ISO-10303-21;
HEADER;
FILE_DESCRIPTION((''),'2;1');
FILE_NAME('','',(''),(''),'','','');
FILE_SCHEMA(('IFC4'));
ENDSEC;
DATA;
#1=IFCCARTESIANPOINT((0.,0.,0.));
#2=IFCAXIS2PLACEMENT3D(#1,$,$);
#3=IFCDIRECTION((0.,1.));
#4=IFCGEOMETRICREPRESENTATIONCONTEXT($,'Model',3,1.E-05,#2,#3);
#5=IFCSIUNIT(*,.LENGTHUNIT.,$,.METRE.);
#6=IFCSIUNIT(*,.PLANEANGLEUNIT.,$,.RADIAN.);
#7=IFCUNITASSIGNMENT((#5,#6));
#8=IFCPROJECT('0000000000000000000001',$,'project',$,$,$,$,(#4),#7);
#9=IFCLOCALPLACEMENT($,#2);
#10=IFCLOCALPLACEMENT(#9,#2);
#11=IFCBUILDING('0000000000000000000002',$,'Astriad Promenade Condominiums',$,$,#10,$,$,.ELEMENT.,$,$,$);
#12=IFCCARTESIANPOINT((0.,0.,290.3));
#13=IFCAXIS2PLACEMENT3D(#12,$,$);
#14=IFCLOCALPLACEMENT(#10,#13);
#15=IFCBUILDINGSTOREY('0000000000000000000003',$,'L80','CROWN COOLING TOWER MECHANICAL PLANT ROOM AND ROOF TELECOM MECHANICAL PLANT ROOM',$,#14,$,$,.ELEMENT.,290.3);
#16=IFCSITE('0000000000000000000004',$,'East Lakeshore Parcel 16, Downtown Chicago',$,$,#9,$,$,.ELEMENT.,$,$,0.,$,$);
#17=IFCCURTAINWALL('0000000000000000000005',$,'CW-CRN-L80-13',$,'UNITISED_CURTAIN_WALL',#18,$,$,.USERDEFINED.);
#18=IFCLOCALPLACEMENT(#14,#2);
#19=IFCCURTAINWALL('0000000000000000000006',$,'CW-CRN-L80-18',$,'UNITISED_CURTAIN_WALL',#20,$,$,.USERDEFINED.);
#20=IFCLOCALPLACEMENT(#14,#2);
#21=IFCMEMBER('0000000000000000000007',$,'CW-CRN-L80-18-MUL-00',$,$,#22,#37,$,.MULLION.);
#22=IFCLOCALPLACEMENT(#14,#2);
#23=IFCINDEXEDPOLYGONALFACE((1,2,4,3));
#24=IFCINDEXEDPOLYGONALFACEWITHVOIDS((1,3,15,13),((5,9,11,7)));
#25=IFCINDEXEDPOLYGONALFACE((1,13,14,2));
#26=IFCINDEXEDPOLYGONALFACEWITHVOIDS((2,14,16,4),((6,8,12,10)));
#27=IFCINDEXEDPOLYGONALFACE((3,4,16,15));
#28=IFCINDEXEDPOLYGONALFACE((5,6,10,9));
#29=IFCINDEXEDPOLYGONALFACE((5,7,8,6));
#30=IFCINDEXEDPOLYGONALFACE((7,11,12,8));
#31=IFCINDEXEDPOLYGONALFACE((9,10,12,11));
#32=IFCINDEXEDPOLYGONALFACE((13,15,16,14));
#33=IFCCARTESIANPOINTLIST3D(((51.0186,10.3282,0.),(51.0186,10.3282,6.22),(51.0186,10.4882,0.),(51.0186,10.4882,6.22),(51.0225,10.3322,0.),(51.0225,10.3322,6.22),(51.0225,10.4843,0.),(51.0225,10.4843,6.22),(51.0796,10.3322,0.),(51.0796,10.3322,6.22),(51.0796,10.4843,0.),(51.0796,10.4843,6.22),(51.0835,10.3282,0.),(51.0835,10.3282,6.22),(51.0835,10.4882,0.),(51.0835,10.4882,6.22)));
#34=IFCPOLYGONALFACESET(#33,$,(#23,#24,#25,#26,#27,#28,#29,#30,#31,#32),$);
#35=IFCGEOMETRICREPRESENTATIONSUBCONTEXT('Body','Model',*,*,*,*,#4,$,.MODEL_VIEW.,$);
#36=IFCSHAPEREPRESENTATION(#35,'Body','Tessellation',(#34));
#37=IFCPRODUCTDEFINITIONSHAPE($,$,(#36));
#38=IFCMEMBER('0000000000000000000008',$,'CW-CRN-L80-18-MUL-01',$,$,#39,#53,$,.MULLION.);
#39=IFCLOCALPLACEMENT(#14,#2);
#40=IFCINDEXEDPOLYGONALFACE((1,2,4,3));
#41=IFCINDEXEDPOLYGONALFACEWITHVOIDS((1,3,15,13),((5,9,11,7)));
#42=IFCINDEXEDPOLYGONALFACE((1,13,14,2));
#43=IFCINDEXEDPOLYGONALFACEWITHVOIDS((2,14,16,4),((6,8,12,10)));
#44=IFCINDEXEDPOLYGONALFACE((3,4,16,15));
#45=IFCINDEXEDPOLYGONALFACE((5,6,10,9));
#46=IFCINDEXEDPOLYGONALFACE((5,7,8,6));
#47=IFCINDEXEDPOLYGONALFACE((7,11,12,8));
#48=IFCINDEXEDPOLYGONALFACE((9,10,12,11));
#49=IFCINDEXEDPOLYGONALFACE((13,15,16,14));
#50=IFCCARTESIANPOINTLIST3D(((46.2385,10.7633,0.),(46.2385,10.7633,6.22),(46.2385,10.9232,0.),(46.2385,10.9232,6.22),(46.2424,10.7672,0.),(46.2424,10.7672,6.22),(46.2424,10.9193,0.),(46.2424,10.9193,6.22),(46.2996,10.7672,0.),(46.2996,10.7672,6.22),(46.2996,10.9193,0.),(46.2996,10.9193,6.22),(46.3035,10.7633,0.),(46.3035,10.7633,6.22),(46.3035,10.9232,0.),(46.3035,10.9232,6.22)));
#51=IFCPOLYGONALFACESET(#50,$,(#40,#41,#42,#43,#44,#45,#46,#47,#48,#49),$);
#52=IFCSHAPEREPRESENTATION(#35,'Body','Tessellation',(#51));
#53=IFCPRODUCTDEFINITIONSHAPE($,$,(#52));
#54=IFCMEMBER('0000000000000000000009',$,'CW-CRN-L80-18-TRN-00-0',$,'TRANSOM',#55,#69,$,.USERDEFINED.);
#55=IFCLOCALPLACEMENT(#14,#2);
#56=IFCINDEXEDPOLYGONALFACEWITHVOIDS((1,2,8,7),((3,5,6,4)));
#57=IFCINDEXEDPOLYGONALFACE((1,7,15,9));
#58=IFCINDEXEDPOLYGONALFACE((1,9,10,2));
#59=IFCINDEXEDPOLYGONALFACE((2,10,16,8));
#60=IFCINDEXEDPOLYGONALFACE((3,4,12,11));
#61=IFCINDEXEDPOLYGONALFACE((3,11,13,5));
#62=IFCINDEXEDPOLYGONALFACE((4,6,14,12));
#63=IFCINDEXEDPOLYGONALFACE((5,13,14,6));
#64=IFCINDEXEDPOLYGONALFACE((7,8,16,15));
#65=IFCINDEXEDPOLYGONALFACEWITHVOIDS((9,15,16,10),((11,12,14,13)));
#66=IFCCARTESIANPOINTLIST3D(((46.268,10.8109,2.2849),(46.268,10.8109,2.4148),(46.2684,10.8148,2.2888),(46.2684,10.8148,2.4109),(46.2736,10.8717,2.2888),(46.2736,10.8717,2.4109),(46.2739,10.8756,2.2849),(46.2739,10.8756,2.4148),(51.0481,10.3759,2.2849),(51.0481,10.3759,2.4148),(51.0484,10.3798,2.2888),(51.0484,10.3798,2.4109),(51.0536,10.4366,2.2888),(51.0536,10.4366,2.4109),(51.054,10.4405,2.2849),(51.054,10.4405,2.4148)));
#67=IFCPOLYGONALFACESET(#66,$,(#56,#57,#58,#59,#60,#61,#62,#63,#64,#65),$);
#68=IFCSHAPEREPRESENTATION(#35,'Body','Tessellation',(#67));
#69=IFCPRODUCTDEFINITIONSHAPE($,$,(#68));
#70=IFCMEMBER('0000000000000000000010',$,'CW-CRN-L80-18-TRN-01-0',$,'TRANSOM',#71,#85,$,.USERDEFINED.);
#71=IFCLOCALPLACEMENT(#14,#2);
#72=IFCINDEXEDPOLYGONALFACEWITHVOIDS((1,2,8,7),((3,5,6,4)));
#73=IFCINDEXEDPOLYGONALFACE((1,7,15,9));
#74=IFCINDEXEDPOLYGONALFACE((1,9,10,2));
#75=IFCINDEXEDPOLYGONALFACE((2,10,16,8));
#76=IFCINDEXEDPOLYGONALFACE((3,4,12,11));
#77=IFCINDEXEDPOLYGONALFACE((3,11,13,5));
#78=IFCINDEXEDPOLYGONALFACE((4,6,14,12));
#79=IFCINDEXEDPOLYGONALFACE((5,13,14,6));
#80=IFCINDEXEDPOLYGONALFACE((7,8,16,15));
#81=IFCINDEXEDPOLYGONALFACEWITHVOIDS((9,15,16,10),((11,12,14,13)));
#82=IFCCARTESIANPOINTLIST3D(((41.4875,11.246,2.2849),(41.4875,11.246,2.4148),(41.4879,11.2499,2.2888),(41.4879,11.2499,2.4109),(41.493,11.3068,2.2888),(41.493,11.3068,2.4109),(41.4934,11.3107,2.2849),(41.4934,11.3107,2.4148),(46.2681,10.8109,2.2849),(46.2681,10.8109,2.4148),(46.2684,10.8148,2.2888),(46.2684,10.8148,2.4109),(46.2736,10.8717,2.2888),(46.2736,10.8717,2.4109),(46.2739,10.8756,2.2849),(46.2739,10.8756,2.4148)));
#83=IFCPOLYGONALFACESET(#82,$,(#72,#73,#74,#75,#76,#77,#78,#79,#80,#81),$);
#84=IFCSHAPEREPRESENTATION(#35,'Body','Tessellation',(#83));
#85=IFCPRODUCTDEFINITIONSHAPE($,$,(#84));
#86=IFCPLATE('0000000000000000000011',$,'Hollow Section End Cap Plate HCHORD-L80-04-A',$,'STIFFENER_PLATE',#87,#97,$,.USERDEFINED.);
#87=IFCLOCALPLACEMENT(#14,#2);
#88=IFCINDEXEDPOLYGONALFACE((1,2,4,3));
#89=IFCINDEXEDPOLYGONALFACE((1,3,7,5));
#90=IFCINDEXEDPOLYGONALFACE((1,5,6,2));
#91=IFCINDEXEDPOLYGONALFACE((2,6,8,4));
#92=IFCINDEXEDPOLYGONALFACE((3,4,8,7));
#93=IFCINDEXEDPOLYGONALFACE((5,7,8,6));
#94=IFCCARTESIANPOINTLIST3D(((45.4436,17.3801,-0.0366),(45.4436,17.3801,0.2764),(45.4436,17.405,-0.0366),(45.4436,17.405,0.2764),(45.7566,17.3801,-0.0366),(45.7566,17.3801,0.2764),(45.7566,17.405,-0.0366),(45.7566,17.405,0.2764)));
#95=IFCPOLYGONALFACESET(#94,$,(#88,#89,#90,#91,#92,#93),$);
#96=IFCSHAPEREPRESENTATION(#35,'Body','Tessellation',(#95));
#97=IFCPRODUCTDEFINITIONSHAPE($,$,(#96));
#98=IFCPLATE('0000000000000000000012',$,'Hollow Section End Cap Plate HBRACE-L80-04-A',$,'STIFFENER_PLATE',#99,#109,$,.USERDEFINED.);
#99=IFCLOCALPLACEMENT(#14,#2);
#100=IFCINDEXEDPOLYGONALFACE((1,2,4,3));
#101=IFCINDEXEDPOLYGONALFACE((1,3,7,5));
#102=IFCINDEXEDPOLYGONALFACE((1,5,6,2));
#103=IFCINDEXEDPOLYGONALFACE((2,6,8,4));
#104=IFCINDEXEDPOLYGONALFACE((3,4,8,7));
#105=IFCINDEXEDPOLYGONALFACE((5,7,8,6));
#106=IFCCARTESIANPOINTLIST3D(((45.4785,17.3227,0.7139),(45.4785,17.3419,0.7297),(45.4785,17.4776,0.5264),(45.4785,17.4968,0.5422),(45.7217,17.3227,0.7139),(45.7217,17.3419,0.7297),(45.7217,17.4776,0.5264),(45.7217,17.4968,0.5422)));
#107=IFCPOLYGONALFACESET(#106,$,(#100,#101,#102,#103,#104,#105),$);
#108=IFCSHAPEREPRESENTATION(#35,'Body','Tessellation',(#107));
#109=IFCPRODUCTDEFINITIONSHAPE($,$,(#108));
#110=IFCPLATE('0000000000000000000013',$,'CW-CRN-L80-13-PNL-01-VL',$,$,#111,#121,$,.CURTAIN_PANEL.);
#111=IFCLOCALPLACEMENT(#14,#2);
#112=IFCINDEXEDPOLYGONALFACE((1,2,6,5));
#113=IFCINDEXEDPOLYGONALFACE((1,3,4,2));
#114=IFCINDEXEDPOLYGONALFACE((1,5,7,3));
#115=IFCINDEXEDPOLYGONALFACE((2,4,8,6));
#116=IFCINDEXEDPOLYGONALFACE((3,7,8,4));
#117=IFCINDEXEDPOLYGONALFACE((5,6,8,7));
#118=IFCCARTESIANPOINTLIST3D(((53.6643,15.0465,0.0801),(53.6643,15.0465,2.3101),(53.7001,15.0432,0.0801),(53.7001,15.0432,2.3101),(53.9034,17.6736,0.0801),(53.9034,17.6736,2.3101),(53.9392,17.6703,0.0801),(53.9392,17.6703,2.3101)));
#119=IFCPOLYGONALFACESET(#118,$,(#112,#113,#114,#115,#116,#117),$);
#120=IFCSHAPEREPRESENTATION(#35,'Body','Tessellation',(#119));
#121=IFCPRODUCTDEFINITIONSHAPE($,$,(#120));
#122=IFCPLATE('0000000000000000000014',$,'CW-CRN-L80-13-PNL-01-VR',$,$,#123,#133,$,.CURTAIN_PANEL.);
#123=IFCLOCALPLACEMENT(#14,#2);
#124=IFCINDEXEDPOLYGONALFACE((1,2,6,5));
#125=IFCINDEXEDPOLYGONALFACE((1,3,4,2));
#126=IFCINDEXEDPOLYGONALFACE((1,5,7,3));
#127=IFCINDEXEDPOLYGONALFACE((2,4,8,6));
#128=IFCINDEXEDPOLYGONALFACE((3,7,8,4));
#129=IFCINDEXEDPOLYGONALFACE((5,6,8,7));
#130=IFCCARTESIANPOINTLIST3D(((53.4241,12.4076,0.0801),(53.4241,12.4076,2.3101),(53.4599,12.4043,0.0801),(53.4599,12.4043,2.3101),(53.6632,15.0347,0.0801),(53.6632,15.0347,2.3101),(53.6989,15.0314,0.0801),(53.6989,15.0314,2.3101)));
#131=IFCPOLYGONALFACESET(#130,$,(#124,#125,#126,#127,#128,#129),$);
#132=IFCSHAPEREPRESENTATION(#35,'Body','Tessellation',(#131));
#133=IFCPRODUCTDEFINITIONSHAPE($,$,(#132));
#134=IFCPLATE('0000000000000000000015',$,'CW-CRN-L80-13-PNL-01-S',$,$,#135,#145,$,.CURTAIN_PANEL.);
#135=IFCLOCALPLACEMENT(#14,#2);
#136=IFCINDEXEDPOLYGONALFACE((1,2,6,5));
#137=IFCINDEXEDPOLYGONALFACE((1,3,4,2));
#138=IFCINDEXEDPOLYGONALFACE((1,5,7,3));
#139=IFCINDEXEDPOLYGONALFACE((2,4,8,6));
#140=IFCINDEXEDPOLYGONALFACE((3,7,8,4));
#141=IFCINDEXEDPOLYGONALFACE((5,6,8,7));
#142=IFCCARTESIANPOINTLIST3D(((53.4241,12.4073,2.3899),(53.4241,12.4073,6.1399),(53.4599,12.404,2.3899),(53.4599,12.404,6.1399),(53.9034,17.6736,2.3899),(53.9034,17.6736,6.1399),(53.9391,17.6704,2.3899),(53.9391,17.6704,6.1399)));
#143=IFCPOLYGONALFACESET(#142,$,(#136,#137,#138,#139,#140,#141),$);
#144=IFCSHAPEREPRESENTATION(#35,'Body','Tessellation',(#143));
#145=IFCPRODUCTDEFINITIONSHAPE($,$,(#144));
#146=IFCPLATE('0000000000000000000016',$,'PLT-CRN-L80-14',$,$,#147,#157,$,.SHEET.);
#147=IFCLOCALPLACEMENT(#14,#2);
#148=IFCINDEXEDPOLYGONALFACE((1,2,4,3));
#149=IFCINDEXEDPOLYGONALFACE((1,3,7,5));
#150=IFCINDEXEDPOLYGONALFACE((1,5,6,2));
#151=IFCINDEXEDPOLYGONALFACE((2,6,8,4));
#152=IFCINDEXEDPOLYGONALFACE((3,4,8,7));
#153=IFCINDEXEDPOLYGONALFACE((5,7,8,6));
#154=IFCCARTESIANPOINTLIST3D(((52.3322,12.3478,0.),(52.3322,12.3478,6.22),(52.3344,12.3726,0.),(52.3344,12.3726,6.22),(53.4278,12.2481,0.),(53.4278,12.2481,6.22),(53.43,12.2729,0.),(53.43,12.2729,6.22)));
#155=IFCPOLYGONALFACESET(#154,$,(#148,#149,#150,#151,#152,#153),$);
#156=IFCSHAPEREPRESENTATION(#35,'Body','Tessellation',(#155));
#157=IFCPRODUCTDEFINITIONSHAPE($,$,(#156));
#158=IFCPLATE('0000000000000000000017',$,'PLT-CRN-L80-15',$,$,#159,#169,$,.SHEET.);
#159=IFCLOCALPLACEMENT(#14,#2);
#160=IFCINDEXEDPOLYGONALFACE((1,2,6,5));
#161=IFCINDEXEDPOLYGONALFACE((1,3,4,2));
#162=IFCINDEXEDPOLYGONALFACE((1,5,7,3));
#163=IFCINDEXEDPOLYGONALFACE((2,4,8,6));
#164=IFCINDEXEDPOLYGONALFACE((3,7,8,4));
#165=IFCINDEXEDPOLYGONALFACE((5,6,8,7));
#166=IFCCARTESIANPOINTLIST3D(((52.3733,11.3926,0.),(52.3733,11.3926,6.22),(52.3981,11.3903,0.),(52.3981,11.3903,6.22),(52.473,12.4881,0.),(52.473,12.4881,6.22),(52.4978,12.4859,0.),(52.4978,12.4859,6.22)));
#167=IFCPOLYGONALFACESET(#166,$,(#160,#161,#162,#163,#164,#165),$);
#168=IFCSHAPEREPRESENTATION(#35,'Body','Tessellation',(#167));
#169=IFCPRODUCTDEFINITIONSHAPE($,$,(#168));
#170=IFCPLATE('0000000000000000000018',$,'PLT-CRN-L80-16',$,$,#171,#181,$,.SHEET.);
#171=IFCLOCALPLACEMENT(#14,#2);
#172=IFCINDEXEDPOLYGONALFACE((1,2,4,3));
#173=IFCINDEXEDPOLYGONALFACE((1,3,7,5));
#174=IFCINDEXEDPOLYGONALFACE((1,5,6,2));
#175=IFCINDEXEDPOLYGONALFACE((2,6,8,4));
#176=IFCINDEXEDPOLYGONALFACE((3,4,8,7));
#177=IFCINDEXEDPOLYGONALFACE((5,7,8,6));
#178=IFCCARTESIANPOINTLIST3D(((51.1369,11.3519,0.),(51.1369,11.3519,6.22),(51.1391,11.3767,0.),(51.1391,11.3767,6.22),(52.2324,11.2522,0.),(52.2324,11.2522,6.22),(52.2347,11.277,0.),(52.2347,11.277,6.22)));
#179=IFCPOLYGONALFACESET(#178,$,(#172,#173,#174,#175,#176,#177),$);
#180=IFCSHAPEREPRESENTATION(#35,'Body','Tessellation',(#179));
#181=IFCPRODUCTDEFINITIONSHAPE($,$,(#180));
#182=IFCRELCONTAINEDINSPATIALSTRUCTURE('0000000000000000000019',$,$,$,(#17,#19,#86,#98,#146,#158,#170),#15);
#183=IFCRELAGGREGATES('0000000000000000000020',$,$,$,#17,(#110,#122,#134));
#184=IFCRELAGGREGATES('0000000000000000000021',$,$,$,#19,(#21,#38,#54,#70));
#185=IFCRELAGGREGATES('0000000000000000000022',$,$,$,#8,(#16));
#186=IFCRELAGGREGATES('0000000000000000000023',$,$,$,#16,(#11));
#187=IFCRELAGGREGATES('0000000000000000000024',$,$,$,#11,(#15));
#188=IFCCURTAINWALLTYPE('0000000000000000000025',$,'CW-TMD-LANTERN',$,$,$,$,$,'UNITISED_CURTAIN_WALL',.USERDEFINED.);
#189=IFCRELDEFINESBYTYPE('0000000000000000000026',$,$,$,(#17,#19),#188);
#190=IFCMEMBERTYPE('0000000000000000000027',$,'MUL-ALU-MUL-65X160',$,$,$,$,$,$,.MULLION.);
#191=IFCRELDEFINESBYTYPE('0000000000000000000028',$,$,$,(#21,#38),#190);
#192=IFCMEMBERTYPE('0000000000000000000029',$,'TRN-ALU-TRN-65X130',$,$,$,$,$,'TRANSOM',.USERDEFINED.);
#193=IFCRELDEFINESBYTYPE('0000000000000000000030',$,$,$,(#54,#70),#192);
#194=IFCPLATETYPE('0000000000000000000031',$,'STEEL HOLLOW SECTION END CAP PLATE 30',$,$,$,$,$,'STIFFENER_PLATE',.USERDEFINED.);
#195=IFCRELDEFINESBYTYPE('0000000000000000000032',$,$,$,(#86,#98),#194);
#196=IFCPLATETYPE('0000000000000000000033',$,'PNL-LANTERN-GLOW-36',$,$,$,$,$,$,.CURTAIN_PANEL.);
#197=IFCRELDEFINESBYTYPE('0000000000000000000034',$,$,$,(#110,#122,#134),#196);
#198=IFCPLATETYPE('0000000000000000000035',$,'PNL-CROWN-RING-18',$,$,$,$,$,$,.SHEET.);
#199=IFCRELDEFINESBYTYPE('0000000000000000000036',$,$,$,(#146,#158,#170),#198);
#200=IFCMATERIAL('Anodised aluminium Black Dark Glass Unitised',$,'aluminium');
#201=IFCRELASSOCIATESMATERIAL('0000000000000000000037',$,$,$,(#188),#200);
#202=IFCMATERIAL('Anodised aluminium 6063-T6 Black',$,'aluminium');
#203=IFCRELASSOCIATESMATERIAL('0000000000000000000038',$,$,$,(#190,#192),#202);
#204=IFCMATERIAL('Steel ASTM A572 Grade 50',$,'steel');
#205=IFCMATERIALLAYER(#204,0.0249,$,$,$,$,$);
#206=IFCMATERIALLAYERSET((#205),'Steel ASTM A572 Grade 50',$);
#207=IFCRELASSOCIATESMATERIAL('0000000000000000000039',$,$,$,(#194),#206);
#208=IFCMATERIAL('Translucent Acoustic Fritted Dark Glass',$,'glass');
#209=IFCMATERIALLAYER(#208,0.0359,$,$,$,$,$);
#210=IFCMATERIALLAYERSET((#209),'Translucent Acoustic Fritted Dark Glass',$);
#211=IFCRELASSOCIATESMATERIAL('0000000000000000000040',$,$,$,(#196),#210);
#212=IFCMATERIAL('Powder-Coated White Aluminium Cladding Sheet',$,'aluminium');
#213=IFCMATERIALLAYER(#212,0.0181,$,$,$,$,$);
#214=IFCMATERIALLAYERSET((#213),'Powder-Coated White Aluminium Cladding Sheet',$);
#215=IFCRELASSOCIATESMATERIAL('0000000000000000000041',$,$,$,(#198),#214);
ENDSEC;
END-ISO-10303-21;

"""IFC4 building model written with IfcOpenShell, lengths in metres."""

from ifc_helpers import new_model, si_unit, direction, frame, origin, origin_2d, place, context, subcontext, project, spatial, rectangle, hollow_rectangle, extrude, source, transform, mapped, material, layer, layer_set, material_profile, profile_set, type_object, type_shapes, element, aggregate, save


model = new_model("IFC4")

# Units and contexts
model_context = context("Model", 3, precision=1e-05, world=origin(), true_north=direction((0.0, 1.0)))
body_context = subcontext(model_context, "Body", "Model", "MODEL_VIEW")
ifc_project = project(units=[si_unit("LENGTHUNIT", "METRE"), si_unit("PLANEANGLEUNIT", "RADIAN")], contexts=[model_context])

# Site, building, storey
site_placement = place(None, origin())
site = spatial("IfcSite", under=ifc_project, at=site_placement, Name="East Lakeshore Parcel 16, Downtown Chicago", CompositionType="ELEMENT", RefElevation=0.0)
building_placement = place(site_placement, origin())
building = spatial("IfcBuilding", under=site, at=building_placement, Name="Astriad Promenade Condominiums", CompositionType="ELEMENT")
storey_placement = place(building_placement, frame((0.0, 0.0, 290.3)))
storey = spatial("IfcBuildingStorey", under=building, at=storey_placement, Name="L80", Description="CROWN COOLING TOWER MECHANICAL PLANT ROOM AND ROOF TELECOM MECHANICAL PLANT ROOM", CompositionType="ELEMENT", Elevation=290.3)

# Curtain wall
ifc_material_1 = material(Name="Anodised aluminium Black Dark Glass Unitised", Category="aluminium")
curtain_wall_type = type_object("IfcCurtainWallType", Name="CW-TMD-LANTERN", ElementType="UNITISED_CURTAIN_WALL", PredefinedType="USERDEFINED", material=ifc_material_1)
curtain_wall_1_placement = place(storey_placement, origin())
curtain_wall_1 = element("IfcCurtainWall", 1, at=curtain_wall_1_placement, inside=storey, type_object=curtain_wall_type, Name="CW-CRN-L80-13", ObjectType="UNITISED_CURTAIN_WALL", PredefinedType="USERDEFINED")
ifc_material_2 = material(Name="Anodised aluminium 6063-T6 Black", Category="aluminium")
ifc_material_profile_1 = material_profile(ifc_material_2, hollow_rectangle(XDim=0.0649, YDim=0.1599, WallThickness=0.0039, at=origin_2d()), Name="ALU-MUL-65X160")
ifc_profile_set_1 = profile_set([ifc_material_profile_1], Name="Anodised aluminium 6063-T6 Black")
member_type_1 = type_object("IfcMemberType", Name="MUL-ALU-MUL-65X160", PredefinedType="MULLION", material=ifc_profile_set_1)
shared_shape_1 = source(origin(), body_context, "Body", "SweptSolid", [
    extrude(hollow_rectangle(XDim=0.0649, YDim=0.1599, WallThickness=0.0039, at=origin_2d()), origin(), (0.0, 0.0, 1.0), 6.22),
])
type_shapes(member_type_1, [shared_shape_1])

# Curtain wall, members
curtain_wall_2_placement = place(storey_placement, origin())
curtain_wall_2 = element("IfcCurtainWall", 2, at=curtain_wall_2_placement, inside=storey, type_object=curtain_wall_type, Name="CW-CRN-L80-18", ObjectType="UNITISED_CURTAIN_WALL", PredefinedType="USERDEFINED")
member_1_placement = place(storey_placement, frame((51.051, 10.4082, 0.0), z_axis=(0.0, 0.0, 1.0), x_axis=(1.0, 0.0, 0.0)))
member_1 = element("IfcMember", 3, at=member_1_placement, type_object=member_type_1, Name="CW-CRN-L80-18-MUL-00", PredefinedType="MULLION", context=body_context, shape_type="MappedRepresentation", body=[
    mapped(shared_shape_1, transform((0.0, 0.0, 0.0), scale=1.0)),
])
member_2_placement = place(storey_placement, frame((46.271, 10.8433, 0.0), z_axis=(0.0, 0.0, 1.0), x_axis=(1.0, 0.0, 0.0)))
member_2 = element("IfcMember", 4, at=member_2_placement, type_object=member_type_1, Name="CW-CRN-L80-18-MUL-01", PredefinedType="MULLION", context=body_context, shape_type="MappedRepresentation", body=[
    mapped(shared_shape_1, transform((0.0, 0.0, 0.0), scale=1.0)),
])
ifc_material_profile_2 = material_profile(ifc_material_2, hollow_rectangle(XDim=0.0649, YDim=0.1299, WallThickness=0.0039, at=origin_2d()), Name="ALU-TRN-65X130")
ifc_profile_set_2 = profile_set([ifc_material_profile_2], Name="Anodised aluminium 6063-T6 Black")
member_type_2 = type_object("IfcMemberType", Name="TRN-ALU-TRN-65X130", ElementType="TRANSOM", PredefinedType="USERDEFINED", material=ifc_profile_set_2)
shared_shape_2 = source(origin(), body_context, "Body", "SweptSolid", [
    extrude(hollow_rectangle(XDim=0.0649, YDim=0.1299, WallThickness=0.0039, at=origin_2d()), origin(), (0.0, 0.0, 1.0), 4.7998),
])
member_3_placement = place(storey_placement, frame((51.051, 10.4082, 2.3499), z_axis=(-0.995884, 0.090641, 0.0), x_axis=(-0.090641, -0.995884, 0.0)))
member_3 = element("IfcMember", 5, at=member_3_placement, type_object=member_type_2, Name="CW-CRN-L80-18-TRN-00-0", ObjectType="TRANSOM", PredefinedType="USERDEFINED", context=body_context, shape_type="MappedRepresentation", body=[
    mapped(shared_shape_2, transform((0.0, 0.0, 0.0), scale=1.0)),
])
shared_shape_3 = source(origin(), body_context, "Body", "SweptSolid", [
    extrude(hollow_rectangle(XDim=0.0649, YDim=0.1299, WallThickness=0.0039, at=origin_2d()), origin(), (0.0, 0.0, 1.0), 4.8003),
])
type_shapes(member_type_2, [shared_shape_2, shared_shape_3])
member_4_placement = place(storey_placement, frame((46.271, 10.8433, 2.3499), z_axis=(-0.995884, 0.090632, 0.0), x_axis=(-0.090632, -0.995884, 0.0)))
member_4 = element("IfcMember", 6, at=member_4_placement, type_object=member_type_2, Name="CW-CRN-L80-18-TRN-01-0", ObjectType="TRANSOM", PredefinedType="USERDEFINED", context=body_context, shape_type="MappedRepresentation", body=[
    mapped(shared_shape_3, transform((0.0, 0.0, 0.0), scale=1.0)),
])

# Plates
ifc_material_3 = material(Name="Steel ASTM A572 Grade 50", Category="steel")
ifc_layer_1 = layer(ifc_material_3, 0.0249)
ifc_layer_set_1 = layer_set([ifc_layer_1], Name="Steel ASTM A572 Grade 50")
plate_type_1 = type_object("IfcPlateType", Name="STEEL HOLLOW SECTION END CAP PLATE 30", ElementType="STIFFENER_PLATE", PredefinedType="USERDEFINED", material=ifc_layer_set_1)
shared_shape_4 = source(origin(), body_context, "Body", "SweptSolid", [
    extrude(rectangle(XDim=0.313, YDim=0.313, at=origin_2d()), origin(), (0.0, 0.0, 1.0), 0.0249),
])
plate_1_placement = place(storey_placement, frame((45.6001, 17.3801, 0.1199), z_axis=(0.0, 1.0, 0.0), x_axis=(-1.0, 0.0, 0.0)))
element("IfcPlate", 7, at=plate_1_placement, inside=storey, type_object=plate_type_1, Name="Hollow Section End Cap Plate HCHORD-L80-04-A", ObjectType="STIFFENER_PLATE", PredefinedType="USERDEFINED", context=body_context, shape_type="MappedRepresentation", body=[
    mapped(shared_shape_4, transform((0.0, 0.0, 0.0), scale=1.0)),
])
shared_shape_5 = source(origin(), body_context, "Body", "SweptSolid", [
    extrude(rectangle(XDim=0.2432, YDim=0.2432, at=origin_2d()), origin(), (0.0, 0.0, 1.0), 0.0249),
])
type_shapes(plate_type_1, [shared_shape_4, shared_shape_5])
plate_2_placement = place(storey_placement, frame((45.6001, 17.4001, 0.6201), z_axis=(0.0, 0.771082, 0.636736), x_axis=(-1.0, 0.0, 0.0)))
element("IfcPlate", 8, at=plate_2_placement, inside=storey, type_object=plate_type_1, Name="Hollow Section End Cap Plate HBRACE-L80-04-A", ObjectType="STIFFENER_PLATE", PredefinedType="USERDEFINED", context=body_context, shape_type="MappedRepresentation", body=[
    mapped(shared_shape_5, transform((0.0, 0.0, 0.0), scale=1.0)),
])

# Plates
ifc_material_4 = material(Name="Translucent Acoustic Fritted Dark Glass", Category="glass")
ifc_layer_2 = layer(ifc_material_4, 0.0359)
ifc_layer_set_2 = layer_set([ifc_layer_2], Name="Translucent Acoustic Fritted Dark Glass")
plate_type_2 = type_object("IfcPlateType", Name="PNL-LANTERN-GLOW-36", PredefinedType="CURTAIN_PANEL", material=ifc_layer_set_2)
shared_shape_6 = source(origin(), body_context, "Body", "SweptSolid", [
    extrude(rectangle(XDim=2.6379, YDim=0.0359, at=origin_2d()), origin(), (0.0, 0.0, 1.0), 2.23),
])
plate_3_placement = place(storey_placement, frame((53.8018, 16.3584, 0.0801), z_axis=(0.0, 0.0, 1.0), x_axis=(-0.090633, -0.995884, 0.0)))
plate_3 = element("IfcPlate", 9, at=plate_3_placement, type_object=plate_type_2, Name="CW-CRN-L80-13-PNL-01-VL", PredefinedType="CURTAIN_PANEL", context=body_context, shape_type="MappedRepresentation", body=[
    mapped(shared_shape_6, transform((0.0, 0.0, 0.0), scale=1.0)),
])
plate_4_placement = place(storey_placement, frame((53.5615, 13.7195, 0.0801), z_axis=(0.0, 0.0, 1.0), x_axis=(-0.090633, -0.995884, 0.0)))
plate_4 = element("IfcPlate", 10, at=plate_4_placement, type_object=plate_type_2, Name="CW-CRN-L80-13-PNL-01-VR", PredefinedType="CURTAIN_PANEL", context=body_context, shape_type="MappedRepresentation", body=[
    mapped(shared_shape_6, transform((0.0, 0.0, 0.0), scale=1.0)),
])
shared_shape_7 = source(origin(), body_context, "Body", "SweptSolid", [
    extrude(rectangle(XDim=5.2881, YDim=0.0359, at=origin_2d()), origin(), (0.0, 0.0, 1.0), 3.75),
])
plate_5_placement = place(storey_placement, frame((53.6816, 15.0388, 2.3899), z_axis=(0.0, 0.0, 1.0), x_axis=(-0.090633, -0.995884, 0.0)))
plate_5 = element("IfcPlate", 11, at=plate_5_placement, type_object=plate_type_2, Name="CW-CRN-L80-13-PNL-01-S", PredefinedType="CURTAIN_PANEL", context=body_context, shape_type="MappedRepresentation", body=[
    mapped(shared_shape_7, transform((0.0, 0.0, 0.0), scale=1.0)),
])
aggregate(curtain_wall_1, [plate_3, plate_4, plate_5])

# Plates
ifc_material_5 = material(Name="Powder-Coated White Aluminium Cladding Sheet", Category="aluminium")
ifc_layer_3 = layer(ifc_material_5, 0.0181)
ifc_layer_set_3 = layer_set([ifc_layer_3], Name="Powder-Coated White Aluminium Cladding Sheet")
plate_type_3 = type_object("IfcPlateType", Name="PNL-CROWN-RING-18", PredefinedType="SHEET", material=ifc_layer_set_3)
shared_shape_8 = source(origin(), body_context, "Body", "SweptSolid", [
    extrude(rectangle(XDim=1.1001, YDim=0.0249, at=origin_2d()), origin(), (0.0, 0.0, 1.0), 6.22),
])
type_shapes(plate_type_3, [shared_shape_8])
for number, where, z_axis, x_axis, name in (
    (12, (52.8811, 12.3103, 0.0), (0.0, 0.0, 1.0), (-0.995884, 0.090633, 0.0), "PLT-CRN-L80-14"),
    (13, (52.4355, 11.9392, 0.0), (0.0, 0.0, 1.0), (-0.090633, -0.995884, 0.0), "PLT-CRN-L80-15"),
    (14, (51.6858, 11.3145, 0.0), (0.0, 0.0, 1.0), (-0.995884, 0.090633, 0.0), "PLT-CRN-L80-16"),
):
    element("IfcPlate", number, at=place(storey_placement, frame(where, z_axis=z_axis, x_axis=x_axis)), inside=storey, type_object=plate_type_3, Name=name, PredefinedType="SHEET", context=body_context, shape_type="MappedRepresentation", body=[
        mapped(shared_shape_8, transform((0.0, 0.0, 0.0), scale=1.0)),
    ])

aggregate(curtain_wall_2, [member_1, member_2, member_3, member_4])

save(model, "model.ifc")
